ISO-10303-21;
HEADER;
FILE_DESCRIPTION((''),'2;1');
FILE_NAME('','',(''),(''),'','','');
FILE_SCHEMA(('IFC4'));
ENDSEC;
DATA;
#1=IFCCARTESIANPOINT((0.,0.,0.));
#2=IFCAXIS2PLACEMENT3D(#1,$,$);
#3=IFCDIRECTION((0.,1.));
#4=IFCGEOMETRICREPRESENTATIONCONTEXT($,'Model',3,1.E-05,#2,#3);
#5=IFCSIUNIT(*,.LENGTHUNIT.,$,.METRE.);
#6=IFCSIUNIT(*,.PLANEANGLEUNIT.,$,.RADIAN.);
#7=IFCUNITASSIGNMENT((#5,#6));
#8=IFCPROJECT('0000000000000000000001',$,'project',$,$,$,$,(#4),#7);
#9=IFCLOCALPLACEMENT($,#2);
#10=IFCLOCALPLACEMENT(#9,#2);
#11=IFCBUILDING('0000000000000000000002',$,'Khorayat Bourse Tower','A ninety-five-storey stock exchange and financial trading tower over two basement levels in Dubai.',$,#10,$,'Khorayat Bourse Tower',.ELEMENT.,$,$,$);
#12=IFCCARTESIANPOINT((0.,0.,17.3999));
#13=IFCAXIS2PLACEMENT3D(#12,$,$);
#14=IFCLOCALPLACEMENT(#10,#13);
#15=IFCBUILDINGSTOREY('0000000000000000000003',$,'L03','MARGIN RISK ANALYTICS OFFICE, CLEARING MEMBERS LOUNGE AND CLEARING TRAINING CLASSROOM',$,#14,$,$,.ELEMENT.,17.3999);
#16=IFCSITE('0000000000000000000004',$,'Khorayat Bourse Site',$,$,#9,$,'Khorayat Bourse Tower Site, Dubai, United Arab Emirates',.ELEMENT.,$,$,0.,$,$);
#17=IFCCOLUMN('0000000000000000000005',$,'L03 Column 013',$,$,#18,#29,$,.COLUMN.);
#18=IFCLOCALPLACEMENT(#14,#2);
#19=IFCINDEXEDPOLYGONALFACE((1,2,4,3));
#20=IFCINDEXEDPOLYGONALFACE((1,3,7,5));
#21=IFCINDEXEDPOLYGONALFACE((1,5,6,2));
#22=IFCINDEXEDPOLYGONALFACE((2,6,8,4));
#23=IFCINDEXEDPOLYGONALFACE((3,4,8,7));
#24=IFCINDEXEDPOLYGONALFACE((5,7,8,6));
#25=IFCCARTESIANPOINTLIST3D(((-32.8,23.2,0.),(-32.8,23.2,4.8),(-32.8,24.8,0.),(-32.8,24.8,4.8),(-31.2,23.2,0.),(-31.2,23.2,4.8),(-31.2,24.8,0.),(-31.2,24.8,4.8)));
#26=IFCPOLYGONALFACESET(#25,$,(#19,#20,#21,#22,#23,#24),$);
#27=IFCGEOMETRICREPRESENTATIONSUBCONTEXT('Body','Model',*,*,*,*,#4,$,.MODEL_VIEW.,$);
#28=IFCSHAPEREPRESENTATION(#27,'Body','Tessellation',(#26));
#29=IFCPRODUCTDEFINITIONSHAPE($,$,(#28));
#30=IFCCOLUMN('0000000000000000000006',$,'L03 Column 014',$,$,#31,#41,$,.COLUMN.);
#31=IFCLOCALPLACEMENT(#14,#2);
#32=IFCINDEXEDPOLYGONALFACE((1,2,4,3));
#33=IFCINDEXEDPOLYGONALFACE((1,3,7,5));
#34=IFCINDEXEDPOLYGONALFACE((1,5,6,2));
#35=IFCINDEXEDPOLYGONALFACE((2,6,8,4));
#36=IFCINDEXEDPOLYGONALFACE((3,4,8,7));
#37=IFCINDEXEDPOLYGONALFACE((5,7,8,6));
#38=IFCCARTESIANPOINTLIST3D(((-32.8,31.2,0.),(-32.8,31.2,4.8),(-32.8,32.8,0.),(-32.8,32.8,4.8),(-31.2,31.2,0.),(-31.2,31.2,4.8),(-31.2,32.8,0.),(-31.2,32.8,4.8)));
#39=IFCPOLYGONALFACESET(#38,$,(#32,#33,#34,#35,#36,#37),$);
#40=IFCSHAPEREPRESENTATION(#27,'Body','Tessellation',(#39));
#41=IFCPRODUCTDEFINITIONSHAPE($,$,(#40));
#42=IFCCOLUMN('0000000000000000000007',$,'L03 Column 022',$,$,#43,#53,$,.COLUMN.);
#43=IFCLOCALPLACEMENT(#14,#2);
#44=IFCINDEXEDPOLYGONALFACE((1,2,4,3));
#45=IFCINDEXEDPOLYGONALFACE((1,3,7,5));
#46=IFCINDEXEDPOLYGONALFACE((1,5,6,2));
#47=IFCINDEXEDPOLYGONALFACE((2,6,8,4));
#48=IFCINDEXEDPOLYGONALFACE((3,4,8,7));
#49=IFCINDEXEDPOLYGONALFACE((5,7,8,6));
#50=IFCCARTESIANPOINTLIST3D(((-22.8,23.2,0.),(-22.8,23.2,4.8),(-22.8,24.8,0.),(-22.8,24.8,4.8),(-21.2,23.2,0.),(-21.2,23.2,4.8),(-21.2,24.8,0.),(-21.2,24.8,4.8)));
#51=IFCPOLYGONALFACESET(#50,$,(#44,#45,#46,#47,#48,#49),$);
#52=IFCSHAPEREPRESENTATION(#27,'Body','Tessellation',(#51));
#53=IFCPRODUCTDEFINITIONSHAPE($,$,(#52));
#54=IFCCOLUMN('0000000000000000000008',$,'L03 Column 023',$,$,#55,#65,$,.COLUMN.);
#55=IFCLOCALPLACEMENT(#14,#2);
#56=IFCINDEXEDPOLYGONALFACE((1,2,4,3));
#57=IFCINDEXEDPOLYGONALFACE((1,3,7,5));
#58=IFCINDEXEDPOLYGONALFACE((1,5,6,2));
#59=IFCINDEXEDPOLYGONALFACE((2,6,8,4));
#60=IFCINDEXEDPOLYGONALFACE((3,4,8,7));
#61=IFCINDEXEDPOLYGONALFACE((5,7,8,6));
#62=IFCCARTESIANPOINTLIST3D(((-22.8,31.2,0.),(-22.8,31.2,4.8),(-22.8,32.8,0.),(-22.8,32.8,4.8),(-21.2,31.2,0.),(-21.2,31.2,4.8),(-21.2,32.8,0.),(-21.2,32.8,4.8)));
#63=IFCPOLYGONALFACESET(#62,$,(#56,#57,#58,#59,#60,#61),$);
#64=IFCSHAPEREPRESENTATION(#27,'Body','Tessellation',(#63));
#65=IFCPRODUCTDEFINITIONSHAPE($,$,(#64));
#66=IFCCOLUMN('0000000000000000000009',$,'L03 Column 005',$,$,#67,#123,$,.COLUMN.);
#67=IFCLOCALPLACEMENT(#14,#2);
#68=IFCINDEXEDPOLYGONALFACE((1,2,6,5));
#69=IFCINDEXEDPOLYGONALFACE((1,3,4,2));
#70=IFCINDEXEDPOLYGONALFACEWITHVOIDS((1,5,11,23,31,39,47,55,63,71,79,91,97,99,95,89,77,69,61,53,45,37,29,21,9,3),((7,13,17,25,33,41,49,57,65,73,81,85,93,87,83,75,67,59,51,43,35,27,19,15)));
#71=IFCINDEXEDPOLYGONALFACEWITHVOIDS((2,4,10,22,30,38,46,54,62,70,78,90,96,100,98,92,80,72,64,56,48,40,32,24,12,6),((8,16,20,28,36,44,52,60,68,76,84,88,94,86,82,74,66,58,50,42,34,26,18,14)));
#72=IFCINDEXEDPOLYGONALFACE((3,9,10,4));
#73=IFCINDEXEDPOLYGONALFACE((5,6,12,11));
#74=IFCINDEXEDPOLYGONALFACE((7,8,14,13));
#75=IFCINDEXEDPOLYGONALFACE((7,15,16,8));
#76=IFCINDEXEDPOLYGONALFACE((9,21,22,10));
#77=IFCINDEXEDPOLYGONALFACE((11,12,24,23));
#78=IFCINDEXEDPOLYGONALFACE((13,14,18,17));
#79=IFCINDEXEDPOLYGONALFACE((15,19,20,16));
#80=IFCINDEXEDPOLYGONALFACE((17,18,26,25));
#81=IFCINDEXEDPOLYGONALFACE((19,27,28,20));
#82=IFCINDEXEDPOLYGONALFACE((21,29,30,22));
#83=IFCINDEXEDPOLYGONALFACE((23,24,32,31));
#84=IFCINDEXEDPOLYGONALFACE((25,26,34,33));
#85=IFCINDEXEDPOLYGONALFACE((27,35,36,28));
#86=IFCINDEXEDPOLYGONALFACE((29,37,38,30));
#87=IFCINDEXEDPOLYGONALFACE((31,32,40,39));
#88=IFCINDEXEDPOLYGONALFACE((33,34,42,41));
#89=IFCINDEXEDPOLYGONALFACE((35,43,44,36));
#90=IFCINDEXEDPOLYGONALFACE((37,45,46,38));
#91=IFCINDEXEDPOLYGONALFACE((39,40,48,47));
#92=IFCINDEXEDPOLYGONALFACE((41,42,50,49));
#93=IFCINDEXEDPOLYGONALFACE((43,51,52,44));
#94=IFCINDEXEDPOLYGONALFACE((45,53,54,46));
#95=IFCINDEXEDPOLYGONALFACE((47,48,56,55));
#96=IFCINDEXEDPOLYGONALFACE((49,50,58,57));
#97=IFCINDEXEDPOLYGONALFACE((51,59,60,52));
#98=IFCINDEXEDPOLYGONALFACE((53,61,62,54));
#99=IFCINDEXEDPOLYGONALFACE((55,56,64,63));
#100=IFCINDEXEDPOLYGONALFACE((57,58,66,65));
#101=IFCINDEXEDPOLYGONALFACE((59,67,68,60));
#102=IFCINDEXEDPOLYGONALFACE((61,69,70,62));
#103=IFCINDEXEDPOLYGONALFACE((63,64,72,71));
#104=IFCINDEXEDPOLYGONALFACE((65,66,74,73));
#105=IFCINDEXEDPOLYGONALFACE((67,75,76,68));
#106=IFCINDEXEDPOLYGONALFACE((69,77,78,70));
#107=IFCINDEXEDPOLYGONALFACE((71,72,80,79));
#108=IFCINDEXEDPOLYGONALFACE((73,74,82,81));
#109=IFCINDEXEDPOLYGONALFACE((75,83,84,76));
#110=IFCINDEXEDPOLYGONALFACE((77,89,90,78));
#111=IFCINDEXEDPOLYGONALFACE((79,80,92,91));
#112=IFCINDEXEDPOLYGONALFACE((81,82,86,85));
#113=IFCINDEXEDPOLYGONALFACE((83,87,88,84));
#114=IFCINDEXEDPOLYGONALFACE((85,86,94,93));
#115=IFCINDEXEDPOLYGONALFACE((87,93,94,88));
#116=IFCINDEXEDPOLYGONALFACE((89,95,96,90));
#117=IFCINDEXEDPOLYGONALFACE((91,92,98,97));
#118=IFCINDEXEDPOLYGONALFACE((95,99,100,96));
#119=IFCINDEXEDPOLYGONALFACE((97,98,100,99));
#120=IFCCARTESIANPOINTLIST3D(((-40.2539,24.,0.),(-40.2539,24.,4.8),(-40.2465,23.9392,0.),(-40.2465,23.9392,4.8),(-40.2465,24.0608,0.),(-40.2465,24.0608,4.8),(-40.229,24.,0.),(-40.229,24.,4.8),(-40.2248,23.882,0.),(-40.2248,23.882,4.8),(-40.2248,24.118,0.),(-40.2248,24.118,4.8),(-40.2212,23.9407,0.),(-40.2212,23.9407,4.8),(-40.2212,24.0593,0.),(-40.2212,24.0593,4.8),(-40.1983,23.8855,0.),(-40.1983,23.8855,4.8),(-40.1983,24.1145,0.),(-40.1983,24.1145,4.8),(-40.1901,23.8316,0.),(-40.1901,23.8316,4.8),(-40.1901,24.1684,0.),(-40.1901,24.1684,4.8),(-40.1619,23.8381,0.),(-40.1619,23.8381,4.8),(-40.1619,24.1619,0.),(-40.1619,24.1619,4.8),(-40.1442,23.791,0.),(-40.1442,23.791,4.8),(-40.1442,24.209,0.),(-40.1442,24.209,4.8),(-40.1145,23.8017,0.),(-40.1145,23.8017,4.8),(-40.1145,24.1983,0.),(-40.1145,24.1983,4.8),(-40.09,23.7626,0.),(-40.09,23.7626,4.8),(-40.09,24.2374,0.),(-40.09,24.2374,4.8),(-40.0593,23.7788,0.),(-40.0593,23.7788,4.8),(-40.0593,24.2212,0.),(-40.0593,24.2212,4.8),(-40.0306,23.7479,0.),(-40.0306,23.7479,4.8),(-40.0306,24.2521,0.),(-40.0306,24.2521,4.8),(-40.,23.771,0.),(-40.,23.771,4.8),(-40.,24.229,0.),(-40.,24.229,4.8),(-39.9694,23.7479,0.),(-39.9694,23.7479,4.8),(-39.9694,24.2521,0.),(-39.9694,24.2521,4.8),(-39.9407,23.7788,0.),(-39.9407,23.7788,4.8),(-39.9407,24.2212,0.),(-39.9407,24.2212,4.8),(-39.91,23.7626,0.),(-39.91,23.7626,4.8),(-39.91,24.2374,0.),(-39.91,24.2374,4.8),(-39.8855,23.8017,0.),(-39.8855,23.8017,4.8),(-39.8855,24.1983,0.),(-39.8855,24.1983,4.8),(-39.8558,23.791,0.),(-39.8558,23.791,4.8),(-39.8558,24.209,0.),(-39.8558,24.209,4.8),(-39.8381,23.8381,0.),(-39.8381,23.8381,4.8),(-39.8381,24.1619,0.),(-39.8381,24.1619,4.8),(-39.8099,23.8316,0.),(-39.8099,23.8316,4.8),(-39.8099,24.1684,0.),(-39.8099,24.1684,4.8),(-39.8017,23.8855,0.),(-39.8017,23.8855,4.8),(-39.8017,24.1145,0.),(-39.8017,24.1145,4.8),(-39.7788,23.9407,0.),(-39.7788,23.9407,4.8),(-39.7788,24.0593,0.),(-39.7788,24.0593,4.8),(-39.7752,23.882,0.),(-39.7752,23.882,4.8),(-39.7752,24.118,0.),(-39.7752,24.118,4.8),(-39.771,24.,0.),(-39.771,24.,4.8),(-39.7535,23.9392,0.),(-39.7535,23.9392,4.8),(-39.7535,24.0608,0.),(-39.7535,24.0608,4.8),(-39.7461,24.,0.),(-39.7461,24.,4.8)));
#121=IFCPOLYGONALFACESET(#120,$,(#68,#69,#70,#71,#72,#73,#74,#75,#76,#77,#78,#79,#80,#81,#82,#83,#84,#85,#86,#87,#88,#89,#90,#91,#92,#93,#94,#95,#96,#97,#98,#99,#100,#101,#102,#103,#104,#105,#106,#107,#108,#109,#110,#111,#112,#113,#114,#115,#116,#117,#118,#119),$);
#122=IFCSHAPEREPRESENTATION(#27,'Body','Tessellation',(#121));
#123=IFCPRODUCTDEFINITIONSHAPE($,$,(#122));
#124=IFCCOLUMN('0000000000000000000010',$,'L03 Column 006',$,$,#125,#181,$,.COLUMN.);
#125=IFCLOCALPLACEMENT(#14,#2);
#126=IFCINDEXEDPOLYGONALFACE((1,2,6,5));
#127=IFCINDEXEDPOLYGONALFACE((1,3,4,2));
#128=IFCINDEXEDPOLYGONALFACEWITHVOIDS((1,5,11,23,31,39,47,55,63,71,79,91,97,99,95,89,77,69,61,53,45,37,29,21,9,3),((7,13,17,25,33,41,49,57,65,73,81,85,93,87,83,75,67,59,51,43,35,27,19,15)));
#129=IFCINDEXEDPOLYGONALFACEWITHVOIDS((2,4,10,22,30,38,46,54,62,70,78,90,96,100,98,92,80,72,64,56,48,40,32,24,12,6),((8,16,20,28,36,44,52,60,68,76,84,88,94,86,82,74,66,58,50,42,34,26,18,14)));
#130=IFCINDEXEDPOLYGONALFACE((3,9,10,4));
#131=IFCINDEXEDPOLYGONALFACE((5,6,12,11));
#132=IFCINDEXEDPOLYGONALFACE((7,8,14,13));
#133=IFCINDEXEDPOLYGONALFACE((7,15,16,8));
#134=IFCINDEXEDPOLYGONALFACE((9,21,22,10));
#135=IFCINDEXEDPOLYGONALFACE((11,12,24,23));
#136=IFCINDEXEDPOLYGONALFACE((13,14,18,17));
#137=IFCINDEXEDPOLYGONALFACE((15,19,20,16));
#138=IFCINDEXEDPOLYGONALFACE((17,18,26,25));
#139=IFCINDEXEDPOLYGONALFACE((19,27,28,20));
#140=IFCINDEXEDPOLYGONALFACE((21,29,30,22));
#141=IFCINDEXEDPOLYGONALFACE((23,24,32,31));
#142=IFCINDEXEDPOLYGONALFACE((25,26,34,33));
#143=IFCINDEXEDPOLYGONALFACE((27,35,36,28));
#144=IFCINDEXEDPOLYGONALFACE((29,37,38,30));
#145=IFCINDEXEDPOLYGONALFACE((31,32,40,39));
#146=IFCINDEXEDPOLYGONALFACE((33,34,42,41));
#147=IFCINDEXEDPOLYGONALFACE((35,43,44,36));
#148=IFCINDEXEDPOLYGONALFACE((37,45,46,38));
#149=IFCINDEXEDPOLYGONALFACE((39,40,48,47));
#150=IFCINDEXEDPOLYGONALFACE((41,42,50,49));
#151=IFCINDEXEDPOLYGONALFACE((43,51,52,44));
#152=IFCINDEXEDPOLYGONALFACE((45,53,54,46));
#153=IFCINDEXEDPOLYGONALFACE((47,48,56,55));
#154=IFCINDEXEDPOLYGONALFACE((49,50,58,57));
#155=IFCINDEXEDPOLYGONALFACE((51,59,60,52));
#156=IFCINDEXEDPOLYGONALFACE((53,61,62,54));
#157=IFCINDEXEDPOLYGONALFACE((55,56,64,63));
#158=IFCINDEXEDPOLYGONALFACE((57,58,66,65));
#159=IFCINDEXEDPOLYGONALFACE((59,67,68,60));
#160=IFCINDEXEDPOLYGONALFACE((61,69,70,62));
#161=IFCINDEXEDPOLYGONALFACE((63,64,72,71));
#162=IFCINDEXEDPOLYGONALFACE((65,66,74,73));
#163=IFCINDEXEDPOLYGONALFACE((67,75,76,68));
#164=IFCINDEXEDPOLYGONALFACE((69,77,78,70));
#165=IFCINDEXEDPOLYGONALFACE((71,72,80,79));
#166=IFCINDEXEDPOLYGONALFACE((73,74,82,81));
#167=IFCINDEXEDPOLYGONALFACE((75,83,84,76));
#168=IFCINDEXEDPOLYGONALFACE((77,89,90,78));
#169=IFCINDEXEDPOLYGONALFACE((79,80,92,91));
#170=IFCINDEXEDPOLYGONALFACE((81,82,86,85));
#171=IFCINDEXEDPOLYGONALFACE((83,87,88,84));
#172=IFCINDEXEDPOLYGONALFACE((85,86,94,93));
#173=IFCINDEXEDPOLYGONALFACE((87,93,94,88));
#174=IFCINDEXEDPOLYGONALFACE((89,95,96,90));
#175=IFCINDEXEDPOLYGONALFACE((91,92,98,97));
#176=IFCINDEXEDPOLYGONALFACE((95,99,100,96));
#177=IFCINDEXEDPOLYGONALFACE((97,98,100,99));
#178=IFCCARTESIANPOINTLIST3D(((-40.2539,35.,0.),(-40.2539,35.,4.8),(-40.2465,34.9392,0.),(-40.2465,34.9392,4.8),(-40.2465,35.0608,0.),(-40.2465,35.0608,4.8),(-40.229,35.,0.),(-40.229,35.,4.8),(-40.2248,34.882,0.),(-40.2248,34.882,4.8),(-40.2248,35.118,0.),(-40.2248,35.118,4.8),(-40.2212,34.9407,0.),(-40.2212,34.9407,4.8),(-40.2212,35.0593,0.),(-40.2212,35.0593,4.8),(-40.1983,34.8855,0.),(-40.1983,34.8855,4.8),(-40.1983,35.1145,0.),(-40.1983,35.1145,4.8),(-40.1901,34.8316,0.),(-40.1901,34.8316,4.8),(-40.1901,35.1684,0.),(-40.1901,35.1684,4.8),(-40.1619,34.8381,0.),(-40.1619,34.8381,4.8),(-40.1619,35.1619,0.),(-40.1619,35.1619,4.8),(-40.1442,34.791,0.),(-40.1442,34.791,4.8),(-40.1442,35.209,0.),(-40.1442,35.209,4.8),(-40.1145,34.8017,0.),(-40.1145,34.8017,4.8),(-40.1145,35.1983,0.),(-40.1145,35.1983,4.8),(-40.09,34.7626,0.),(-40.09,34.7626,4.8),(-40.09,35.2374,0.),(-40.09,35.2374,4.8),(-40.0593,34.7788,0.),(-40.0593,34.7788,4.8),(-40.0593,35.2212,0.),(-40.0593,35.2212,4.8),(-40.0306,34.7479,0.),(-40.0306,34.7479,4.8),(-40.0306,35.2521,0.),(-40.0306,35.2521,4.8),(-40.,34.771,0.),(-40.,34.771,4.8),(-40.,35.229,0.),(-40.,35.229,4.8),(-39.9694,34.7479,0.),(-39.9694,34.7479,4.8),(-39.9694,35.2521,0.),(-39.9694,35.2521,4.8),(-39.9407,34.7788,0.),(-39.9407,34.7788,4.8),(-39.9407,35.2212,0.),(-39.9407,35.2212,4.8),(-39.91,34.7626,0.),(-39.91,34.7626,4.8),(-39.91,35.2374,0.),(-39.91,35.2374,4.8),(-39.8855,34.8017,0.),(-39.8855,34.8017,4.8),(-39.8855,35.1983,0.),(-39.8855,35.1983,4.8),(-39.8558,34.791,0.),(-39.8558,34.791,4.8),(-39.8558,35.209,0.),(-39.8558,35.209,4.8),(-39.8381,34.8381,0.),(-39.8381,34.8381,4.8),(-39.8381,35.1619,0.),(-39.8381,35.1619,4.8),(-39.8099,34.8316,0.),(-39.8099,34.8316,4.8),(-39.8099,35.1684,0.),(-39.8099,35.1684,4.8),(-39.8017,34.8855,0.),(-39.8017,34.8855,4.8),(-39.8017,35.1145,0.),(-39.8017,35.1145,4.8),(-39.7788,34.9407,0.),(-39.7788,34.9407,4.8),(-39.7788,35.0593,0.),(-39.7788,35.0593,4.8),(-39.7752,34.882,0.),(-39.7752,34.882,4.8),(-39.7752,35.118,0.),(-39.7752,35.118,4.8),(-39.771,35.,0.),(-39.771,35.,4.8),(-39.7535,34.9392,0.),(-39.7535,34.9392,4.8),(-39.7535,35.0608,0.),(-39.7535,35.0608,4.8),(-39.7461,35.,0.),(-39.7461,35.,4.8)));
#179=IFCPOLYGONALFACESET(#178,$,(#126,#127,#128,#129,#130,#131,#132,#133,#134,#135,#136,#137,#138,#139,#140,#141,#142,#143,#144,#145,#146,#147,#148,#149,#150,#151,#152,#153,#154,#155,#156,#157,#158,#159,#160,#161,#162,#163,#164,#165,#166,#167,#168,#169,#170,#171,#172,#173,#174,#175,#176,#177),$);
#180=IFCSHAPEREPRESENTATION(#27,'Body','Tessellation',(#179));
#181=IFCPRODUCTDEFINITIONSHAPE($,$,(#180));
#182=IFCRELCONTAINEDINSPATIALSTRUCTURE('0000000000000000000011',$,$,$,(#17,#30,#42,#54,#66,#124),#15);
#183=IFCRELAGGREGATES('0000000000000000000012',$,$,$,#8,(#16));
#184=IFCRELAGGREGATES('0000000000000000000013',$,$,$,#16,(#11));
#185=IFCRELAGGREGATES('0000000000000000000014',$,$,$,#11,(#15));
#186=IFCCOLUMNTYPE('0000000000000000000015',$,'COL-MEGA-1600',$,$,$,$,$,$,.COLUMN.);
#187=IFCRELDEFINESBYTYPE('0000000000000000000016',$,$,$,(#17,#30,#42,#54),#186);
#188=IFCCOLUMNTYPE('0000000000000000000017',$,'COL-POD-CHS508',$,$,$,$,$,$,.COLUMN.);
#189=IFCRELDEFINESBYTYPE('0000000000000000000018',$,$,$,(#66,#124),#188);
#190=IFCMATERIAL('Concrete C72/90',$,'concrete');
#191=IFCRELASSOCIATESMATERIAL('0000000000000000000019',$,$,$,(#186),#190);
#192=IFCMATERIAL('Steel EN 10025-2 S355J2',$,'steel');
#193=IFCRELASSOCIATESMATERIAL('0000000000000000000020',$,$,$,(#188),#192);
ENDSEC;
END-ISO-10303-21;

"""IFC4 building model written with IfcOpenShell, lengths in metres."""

from ifc_helpers import new_model, si_unit, direction, frame, origin, origin_2d, place, context, subcontext, project, spatial, rectangle, hollow_circle, extrude, source, transform, mapped, material, material_profile, profile_set, type_object, element, save


model = new_model("IFC4")

# Units and contexts
model_context = context("Model", 3, precision=1e-05, world=origin(), true_north=direction((0.0, 1.0)))
body_context = subcontext(model_context, "Body", "Model", "MODEL_VIEW")
ifc_project = project(units=[si_unit("LENGTHUNIT", "METRE"), si_unit("PLANEANGLEUNIT", "RADIAN")], contexts=[model_context])

# Site, building, storey
site_placement = place(None, origin())
site = spatial("IfcSite", under=ifc_project, at=site_placement, Name="Khorayat Bourse Site", LongName="Khorayat Bourse Tower Site, Dubai, United Arab Emirates", CompositionType="ELEMENT", RefElevation=0.0)
building_placement = place(site_placement, origin())
building = spatial("IfcBuilding", under=site, at=building_placement, Name="Khorayat Bourse Tower", Description="A ninety-five-storey stock exchange and financial trading tower over two basement levels in Dubai.", LongName="Khorayat Bourse Tower", CompositionType="ELEMENT")
storey_placement = place(building_placement, frame((0.0, 0.0, 17.3999)))
storey = spatial("IfcBuildingStorey", under=building, at=storey_placement, Name="L03", Description="MARGIN RISK ANALYTICS OFFICE, CLEARING MEMBERS LOUNGE AND CLEARING TRAINING CLASSROOM", CompositionType="ELEMENT", Elevation=17.3999)

# Columns
ifc_material_1 = material(Name="Concrete C72/90", Category="concrete")
ifc_material_profile_1 = material_profile(ifc_material_1, rectangle(XDim=1.6001, YDim=1.6001, at=origin_2d()), Name="RC 1600x1600")
ifc_profile_set_1 = profile_set([ifc_material_profile_1], Name="Concrete C72/90")
column_type_1 = type_object("IfcColumnType", Name="COL-MEGA-1600", PredefinedType="COLUMN", material=ifc_profile_set_1)
shared_shape_1 = source(origin(), body_context, "Body", "SweptSolid", [
    extrude(rectangle(XDim=1.6001, YDim=1.6001, at=origin_2d()), origin(), (0.0, 0.0, 1.0), 4.8),
])
for number, where, z_axis, x_axis, name in (
    (1, (-32.0, 24.0, 0.0), (0.0, 0.0, 1.0), (1.0, 0.0, 0.0), "L03 Column 013"),
    (2, (-32.0, 32.0, 0.0), (0.0, 0.0, 1.0), (1.0, 0.0, 0.0), "L03 Column 014"),
    (3, (-22.0, 24.0, 0.0), (0.0, 0.0, 1.0), (1.0, 0.0, 0.0), "L03 Column 022"),
    (4, (-22.0, 32.0, 0.0), (0.0, 0.0, 1.0), (1.0, 0.0, 0.0), "L03 Column 023"),
):
    element("IfcColumn", number, at=place(storey_placement, frame(where, z_axis=z_axis, x_axis=x_axis)), inside=storey, type_object=column_type_1, Name=name, PredefinedType="COLUMN", context=body_context, shape_type="MappedRepresentation", body=[
        mapped(shared_shape_1, transform((0.0, 0.0, 0.0), scale=1.0)),
    ])
ifc_material_2 = material(Name="Steel EN 10025-2 S355J2", Category="steel")
ifc_material_profile_2 = material_profile(ifc_material_2, hollow_circle(Radius=0.2539, WallThickness=0.0249, at=origin_2d()), Name="CHS 508x25")
ifc_profile_set_2 = profile_set([ifc_material_profile_2], Name="Steel EN 10025-2 S355J2")
column_type_2 = type_object("IfcColumnType", Name="COL-POD-CHS508", PredefinedType="COLUMN", material=ifc_profile_set_2)
shared_shape_2 = source(origin(), body_context, "Body", "SweptSolid", [
    extrude(hollow_circle(Radius=0.2539, WallThickness=0.0249, at=origin_2d()), origin(), (0.0, 0.0, 1.0), 4.8),
])
for number, where, z_axis, x_axis, name in (
    (5, (-40.0, 24.0, 0.0), (0.0, 0.0, 1.0), (1.0, 0.0, 0.0), "L03 Column 005"),
    (6, (-40.0, 35.0, 0.0), (0.0, 0.0, 1.0), (1.0, 0.0, 0.0), "L03 Column 006"),
):
    element("IfcColumn", number, at=place(storey_placement, frame(where, z_axis=z_axis, x_axis=x_axis)), inside=storey, type_object=column_type_2, Name=name, PredefinedType="COLUMN", context=body_context, shape_type="MappedRepresentation", body=[
        mapped(shared_shape_2, transform((0.0, 0.0, 0.0), scale=1.0)),
    ])

save(model, "model.ifc")
